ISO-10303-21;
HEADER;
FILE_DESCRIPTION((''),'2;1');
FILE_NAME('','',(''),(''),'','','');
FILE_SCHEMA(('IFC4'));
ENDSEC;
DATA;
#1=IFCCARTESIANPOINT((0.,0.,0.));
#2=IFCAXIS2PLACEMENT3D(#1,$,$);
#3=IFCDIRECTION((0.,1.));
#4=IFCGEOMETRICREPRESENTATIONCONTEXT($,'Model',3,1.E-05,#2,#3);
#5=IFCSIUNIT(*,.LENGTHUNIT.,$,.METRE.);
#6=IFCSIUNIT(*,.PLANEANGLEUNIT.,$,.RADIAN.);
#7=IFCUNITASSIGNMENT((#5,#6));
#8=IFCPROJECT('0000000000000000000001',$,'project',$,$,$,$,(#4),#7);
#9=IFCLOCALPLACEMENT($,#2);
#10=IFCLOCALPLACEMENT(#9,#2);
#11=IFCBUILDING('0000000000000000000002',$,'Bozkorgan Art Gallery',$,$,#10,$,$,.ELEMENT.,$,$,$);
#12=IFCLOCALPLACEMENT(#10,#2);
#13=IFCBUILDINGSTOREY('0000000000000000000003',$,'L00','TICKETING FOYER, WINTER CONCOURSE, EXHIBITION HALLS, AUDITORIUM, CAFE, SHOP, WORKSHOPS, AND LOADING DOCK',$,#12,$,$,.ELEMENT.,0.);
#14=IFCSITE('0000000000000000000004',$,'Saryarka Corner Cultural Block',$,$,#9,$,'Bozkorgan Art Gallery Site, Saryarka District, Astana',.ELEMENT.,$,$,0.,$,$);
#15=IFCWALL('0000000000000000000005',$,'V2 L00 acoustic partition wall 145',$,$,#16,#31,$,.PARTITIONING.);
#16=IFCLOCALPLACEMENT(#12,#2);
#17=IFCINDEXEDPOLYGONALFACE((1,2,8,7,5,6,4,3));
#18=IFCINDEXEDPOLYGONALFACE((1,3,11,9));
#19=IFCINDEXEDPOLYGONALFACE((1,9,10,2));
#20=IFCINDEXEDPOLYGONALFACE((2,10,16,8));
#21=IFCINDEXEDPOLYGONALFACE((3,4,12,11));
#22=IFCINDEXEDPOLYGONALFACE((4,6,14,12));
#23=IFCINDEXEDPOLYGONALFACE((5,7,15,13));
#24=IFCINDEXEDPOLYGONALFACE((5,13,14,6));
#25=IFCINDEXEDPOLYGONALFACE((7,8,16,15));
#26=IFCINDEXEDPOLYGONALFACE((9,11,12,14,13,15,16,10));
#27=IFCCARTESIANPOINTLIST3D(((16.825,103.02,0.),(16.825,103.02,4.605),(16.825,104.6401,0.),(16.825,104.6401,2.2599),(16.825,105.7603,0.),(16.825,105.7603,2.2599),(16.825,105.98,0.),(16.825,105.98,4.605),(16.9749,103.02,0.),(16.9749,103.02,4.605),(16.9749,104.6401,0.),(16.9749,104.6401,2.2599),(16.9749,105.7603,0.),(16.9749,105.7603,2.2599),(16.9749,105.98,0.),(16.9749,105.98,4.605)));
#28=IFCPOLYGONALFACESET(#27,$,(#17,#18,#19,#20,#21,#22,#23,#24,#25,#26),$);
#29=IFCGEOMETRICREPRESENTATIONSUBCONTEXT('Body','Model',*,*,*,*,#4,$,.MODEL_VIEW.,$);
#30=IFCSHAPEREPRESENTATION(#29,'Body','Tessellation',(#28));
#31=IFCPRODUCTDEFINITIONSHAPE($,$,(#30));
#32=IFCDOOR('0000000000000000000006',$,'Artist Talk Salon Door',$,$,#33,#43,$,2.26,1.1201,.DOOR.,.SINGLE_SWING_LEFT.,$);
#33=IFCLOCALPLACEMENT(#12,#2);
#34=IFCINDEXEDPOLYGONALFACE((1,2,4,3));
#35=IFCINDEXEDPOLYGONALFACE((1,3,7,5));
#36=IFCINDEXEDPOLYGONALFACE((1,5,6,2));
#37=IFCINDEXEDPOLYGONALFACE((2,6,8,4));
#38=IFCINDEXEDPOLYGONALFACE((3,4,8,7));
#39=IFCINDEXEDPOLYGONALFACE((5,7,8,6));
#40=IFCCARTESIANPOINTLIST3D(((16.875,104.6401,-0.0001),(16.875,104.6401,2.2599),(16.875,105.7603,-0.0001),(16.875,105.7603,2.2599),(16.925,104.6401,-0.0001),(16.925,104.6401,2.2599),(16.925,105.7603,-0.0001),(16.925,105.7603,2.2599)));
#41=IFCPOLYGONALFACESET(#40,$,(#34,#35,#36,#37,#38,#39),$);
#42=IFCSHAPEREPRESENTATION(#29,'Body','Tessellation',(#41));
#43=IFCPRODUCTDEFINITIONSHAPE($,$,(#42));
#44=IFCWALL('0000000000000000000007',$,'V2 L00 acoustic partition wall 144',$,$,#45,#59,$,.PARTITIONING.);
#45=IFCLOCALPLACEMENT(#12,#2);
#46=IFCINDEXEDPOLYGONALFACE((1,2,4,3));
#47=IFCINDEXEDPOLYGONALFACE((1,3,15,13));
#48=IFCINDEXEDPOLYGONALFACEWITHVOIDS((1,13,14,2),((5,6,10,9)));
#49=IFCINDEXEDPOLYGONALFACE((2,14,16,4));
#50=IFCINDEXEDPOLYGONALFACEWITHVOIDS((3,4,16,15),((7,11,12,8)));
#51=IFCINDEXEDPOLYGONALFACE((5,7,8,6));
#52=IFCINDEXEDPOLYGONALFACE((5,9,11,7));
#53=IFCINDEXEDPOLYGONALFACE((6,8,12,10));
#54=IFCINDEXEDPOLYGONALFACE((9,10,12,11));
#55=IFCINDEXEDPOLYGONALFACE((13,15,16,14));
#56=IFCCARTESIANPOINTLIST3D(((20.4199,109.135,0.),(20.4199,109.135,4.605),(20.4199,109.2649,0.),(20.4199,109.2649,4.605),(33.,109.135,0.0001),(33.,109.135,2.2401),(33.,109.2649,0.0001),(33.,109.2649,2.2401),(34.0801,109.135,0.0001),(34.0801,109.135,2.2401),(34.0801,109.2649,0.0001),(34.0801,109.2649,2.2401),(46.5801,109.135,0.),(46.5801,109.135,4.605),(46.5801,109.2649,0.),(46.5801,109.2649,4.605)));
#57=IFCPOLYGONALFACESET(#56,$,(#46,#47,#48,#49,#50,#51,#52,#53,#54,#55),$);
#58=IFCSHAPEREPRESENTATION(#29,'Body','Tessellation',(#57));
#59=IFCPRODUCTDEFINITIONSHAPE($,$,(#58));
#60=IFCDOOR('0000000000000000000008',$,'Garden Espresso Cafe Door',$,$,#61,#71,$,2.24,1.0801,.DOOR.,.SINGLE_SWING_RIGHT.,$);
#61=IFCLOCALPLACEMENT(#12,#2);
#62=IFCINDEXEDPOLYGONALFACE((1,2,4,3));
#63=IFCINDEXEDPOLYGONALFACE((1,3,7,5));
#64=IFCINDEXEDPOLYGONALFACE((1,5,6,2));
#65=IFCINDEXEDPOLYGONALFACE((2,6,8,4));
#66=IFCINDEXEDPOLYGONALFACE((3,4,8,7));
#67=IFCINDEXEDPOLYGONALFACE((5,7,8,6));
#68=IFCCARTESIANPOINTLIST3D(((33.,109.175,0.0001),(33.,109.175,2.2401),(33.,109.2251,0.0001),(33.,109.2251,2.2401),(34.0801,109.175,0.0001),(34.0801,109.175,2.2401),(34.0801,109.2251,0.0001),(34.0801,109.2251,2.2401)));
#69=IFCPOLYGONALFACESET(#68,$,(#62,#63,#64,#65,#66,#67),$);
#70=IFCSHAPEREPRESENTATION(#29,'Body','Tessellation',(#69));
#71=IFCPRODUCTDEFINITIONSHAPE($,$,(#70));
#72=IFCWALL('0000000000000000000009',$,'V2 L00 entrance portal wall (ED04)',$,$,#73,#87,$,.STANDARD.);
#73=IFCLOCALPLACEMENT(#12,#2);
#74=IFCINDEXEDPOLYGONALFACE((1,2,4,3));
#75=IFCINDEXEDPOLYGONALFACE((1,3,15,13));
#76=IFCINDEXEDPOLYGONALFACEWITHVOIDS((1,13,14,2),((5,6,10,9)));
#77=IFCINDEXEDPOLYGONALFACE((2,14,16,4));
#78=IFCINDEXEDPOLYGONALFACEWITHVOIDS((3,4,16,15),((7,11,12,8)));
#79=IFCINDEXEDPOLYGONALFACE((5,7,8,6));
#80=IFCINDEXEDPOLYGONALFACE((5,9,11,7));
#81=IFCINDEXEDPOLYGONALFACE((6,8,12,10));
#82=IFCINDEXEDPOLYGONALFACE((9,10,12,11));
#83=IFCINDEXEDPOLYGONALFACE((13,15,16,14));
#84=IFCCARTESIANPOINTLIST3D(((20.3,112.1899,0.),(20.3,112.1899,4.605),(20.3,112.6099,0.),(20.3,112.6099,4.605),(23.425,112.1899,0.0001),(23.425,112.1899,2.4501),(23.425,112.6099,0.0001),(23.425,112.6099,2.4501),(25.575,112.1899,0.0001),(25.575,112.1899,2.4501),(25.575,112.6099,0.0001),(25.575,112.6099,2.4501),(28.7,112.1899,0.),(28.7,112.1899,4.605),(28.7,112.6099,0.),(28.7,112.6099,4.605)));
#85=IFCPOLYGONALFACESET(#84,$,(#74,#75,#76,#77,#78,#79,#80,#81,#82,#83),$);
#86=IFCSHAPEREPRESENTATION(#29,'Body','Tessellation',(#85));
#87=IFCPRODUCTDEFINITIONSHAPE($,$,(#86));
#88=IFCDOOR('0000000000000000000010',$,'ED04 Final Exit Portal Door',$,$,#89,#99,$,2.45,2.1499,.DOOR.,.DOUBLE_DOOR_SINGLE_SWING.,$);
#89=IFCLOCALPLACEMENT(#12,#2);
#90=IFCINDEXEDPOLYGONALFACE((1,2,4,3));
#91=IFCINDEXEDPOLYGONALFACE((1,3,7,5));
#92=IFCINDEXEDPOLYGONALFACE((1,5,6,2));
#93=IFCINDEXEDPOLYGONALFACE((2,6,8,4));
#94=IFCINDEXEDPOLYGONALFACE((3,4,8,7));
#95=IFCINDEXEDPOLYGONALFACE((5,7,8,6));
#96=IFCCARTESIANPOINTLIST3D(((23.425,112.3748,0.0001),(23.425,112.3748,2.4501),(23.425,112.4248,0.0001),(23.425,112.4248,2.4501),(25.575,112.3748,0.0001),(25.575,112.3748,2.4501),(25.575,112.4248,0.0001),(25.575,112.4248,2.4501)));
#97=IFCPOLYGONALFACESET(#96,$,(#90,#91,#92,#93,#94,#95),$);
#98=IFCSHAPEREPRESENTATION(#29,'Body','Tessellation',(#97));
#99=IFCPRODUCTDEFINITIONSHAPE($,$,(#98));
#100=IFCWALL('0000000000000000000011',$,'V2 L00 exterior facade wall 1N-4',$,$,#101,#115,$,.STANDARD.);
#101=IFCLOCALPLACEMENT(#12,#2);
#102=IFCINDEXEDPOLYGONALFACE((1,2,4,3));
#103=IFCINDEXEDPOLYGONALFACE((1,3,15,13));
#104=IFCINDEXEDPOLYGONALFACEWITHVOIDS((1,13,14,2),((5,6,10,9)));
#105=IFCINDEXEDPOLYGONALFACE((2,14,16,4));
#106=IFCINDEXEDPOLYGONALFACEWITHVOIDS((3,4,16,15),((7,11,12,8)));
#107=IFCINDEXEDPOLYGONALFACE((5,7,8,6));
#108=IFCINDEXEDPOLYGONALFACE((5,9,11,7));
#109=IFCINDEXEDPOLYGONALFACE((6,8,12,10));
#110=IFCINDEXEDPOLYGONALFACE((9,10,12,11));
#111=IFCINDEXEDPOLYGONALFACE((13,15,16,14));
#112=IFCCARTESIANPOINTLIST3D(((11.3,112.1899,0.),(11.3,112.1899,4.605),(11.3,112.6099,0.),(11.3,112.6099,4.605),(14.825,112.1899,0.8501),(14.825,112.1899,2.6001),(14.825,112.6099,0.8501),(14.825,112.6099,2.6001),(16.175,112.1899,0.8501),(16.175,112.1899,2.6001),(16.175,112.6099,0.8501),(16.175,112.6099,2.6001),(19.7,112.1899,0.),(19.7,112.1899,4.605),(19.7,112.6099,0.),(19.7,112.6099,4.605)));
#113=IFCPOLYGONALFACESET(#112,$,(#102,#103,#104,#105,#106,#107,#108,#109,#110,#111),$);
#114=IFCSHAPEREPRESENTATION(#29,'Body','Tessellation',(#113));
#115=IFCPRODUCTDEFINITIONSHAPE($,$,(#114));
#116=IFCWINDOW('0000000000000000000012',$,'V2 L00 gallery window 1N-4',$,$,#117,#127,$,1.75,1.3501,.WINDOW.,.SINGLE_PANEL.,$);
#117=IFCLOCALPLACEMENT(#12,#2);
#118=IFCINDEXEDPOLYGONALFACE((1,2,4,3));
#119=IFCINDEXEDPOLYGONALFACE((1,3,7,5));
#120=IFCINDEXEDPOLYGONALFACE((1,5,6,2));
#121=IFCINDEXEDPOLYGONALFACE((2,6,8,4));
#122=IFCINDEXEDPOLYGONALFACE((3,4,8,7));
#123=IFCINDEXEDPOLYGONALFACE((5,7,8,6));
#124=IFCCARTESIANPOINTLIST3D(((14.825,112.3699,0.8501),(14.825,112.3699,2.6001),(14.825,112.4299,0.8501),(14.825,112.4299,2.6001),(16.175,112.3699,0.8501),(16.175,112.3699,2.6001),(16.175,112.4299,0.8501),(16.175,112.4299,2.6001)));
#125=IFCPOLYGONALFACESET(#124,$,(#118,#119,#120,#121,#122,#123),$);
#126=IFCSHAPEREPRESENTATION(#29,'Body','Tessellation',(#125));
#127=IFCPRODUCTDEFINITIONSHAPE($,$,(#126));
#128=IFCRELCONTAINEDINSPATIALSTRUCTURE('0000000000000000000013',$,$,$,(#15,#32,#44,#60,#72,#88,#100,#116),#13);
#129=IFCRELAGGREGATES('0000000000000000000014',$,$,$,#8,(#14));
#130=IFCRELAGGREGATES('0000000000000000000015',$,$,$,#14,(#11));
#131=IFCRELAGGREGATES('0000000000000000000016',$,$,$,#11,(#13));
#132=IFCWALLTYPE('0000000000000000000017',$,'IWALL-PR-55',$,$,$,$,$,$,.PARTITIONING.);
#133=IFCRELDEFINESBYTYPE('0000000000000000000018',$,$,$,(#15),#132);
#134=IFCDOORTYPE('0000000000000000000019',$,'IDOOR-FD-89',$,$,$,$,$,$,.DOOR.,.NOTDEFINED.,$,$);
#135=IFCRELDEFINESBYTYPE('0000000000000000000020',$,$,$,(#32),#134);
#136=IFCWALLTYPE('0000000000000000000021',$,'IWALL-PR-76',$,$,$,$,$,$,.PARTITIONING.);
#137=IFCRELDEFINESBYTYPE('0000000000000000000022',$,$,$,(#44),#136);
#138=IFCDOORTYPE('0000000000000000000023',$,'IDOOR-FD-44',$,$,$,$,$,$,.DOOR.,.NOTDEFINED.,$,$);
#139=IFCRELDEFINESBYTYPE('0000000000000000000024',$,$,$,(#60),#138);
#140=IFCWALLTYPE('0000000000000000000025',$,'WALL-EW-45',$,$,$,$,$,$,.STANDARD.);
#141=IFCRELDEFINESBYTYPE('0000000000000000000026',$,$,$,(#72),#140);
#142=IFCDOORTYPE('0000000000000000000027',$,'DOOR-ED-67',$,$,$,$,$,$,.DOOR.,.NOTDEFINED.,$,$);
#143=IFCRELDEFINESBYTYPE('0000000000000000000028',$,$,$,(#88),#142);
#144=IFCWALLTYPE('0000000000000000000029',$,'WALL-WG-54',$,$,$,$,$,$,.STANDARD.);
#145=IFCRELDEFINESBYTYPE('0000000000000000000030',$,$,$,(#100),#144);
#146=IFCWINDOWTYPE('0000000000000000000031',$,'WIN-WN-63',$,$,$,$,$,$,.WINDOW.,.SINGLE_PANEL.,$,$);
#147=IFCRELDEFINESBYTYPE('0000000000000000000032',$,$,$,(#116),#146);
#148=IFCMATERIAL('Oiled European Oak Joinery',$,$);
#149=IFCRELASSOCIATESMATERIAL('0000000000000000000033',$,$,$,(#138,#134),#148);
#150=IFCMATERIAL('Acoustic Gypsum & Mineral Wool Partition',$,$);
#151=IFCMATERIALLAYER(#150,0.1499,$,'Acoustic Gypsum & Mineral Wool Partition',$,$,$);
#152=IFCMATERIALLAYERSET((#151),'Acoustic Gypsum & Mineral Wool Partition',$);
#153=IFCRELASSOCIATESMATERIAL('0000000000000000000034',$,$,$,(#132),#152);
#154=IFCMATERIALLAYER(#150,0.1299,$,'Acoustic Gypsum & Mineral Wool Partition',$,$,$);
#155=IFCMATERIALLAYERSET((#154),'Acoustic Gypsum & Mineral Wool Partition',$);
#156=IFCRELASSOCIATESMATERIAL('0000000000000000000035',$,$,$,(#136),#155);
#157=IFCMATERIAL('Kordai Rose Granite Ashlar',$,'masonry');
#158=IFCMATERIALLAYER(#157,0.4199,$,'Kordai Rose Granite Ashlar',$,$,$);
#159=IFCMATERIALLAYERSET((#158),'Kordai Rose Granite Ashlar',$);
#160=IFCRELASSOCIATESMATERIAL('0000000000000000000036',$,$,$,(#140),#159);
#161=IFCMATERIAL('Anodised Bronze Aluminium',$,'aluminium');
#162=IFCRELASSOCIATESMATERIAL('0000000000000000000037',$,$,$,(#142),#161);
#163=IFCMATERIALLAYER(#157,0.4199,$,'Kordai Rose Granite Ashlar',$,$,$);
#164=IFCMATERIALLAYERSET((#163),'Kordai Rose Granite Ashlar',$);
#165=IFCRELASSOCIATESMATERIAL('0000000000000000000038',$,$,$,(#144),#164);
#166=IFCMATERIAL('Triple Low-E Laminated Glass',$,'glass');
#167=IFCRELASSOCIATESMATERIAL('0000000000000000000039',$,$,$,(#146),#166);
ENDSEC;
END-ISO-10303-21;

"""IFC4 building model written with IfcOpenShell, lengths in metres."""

from ifc_helpers import new_model, si_unit, direction, frame, frame_2d, origin, place, context, subcontext, project, spatial, rectangle, extrude, material, layer, layer_set, type_object, element, fill, save


model = new_model("IFC4")

# Units and contexts
model_context = context("Model", 3, precision=1e-05, world=origin(), true_north=direction((0.0, 1.0)))
body_context = subcontext(model_context, "Body", "Model", "MODEL_VIEW")
ifc_project = project(units=[si_unit("LENGTHUNIT", "METRE"), si_unit("PLANEANGLEUNIT", "RADIAN")], contexts=[model_context])

# Site, building, storey
site_placement = place(None, origin())
site = spatial("IfcSite", under=ifc_project, at=site_placement, Name="Saryarka Corner Cultural Block", LongName="Bozkorgan Art Gallery Site, Saryarka District, Astana", CompositionType="ELEMENT", RefElevation=0.0)
building_placement = place(site_placement, origin())
building = spatial("IfcBuilding", under=site, at=building_placement, Name="Bozkorgan Art Gallery", CompositionType="ELEMENT")
storey_placement = place(building_placement, origin())
storey = spatial("IfcBuildingStorey", under=building, at=storey_placement, Name="L00", Description="TICKETING FOYER, WINTER CONCOURSE, EXHIBITION HALLS, AUDITORIUM, CAFE, SHOP, WORKSHOPS, AND LOADING DOCK", CompositionType="ELEMENT", Elevation=0.0)

# Walls, openings, doors
ifc_material_1 = material(Name="Acoustic Gypsum & Mineral Wool Partition")
ifc_material_2 = material(Name="Oiled European Oak Joinery")
door_type_1 = type_object("IfcDoorType", Name="IDOOR-FD-44", OperationType="NOTDEFINED", PredefinedType="DOOR", material=ifc_material_2)
ifc_layer_1 = layer(ifc_material_1, 0.1499, Name="Acoustic Gypsum & Mineral Wool Partition")
ifc_layer_set_1 = layer_set([ifc_layer_1], Name="Acoustic Gypsum & Mineral Wool Partition")
wall_type_1 = type_object("IfcWallType", Name="IWALL-PR-55", PredefinedType="PARTITIONING", material=ifc_layer_set_1)
wall_1_placement = place(storey_placement, frame((16.8999, 103.02, 0.0), z_axis=(0.0, 0.0, 1.0), x_axis=(0.0, 1.0, 0.0)))
wall_1 = element("IfcWall", 1, at=wall_1_placement, inside=storey, type_object=wall_type_1, Name="V2 L00 acoustic partition wall 145", PredefinedType="PARTITIONING", context=body_context, shape_type="SweptSolid", body=[
    extrude(rectangle(XDim=2.96, YDim=0.1499, at=frame_2d((1.48, 0.0))), origin(), (0.0, 0.0, 1.0), 4.605),
])
opening_1_placement = place(wall_1_placement, frame((1.6201, 0.0, 0.0)))
opening_1 = element("IfcOpeningElement", 2, at=opening_1_placement, cuts=wall_1, PredefinedType="OPENING", context=body_context, shape_type="SweptSolid", body=[
    extrude(rectangle(XDim=1.1201, YDim=2.26, at=frame_2d((0.5601, 1.1299))), frame((0.0, 0.085, 0.0), z_axis=(0.0, -1.0, 0.0), x_axis=(1.0, 0.0, 0.0)), (0.0, 0.0, 1.0), 0.1699),
])
door_type_2 = type_object("IfcDoorType", Name="IDOOR-FD-89", OperationType="NOTDEFINED", PredefinedType="DOOR", material=ifc_material_2)
door_1_placement = place(opening_1_placement, origin())
door_1 = element("IfcDoor", 3, at=door_1_placement, inside=storey, type_object=door_type_2, Name="Artist Talk Salon Door", OperationType="SINGLE_SWING_LEFT", OverallHeight=2.26, OverallWidth=1.1201, PredefinedType="DOOR", context=body_context, shape_type="SweptSolid", body=[
    extrude(rectangle(XDim=1.1201, YDim=2.26, at=frame_2d((0.5601, 1.1299))), frame((0.0, 0.0249, 0.0), z_axis=(0.0, -1.0, 0.0), x_axis=(1.0, 0.0, 0.0)), (0.0, 0.0, 1.0), 0.05),
])
fill(opening_1, door_1)
ifc_layer_2 = layer(ifc_material_1, 0.1299, Name="Acoustic Gypsum & Mineral Wool Partition")
ifc_layer_set_2 = layer_set([ifc_layer_2], Name="Acoustic Gypsum & Mineral Wool Partition")
wall_type_2 = type_object("IfcWallType", Name="IWALL-PR-76", PredefinedType="PARTITIONING", material=ifc_layer_set_2)
wall_2_placement = place(storey_placement, frame((20.4199, 109.2, 0.0), z_axis=(0.0, 0.0, 1.0), x_axis=(1.0, 0.0, 0.0)))
wall_2 = element("IfcWall", 4, at=wall_2_placement, inside=storey, type_object=wall_type_2, Name="V2 L00 acoustic partition wall 144", PredefinedType="PARTITIONING", context=body_context, shape_type="SweptSolid", body=[
    extrude(rectangle(XDim=26.1602, YDim=0.1299, at=frame_2d((13.0801, 0.0))), origin(), (0.0, 0.0, 1.0), 4.605),
])
opening_2_placement = place(wall_2_placement, frame((13.6602, 0.0, 0.0), z_axis=(0.0, 0.0, 1.0), x_axis=(-1.0, 0.0, 0.0)))
opening_2 = element("IfcOpeningElement", 5, at=opening_2_placement, cuts=wall_2, PredefinedType="OPENING", context=body_context, shape_type="SweptSolid", body=[
    extrude(rectangle(XDim=1.0801, YDim=2.24, at=frame_2d((0.54, 1.1201))), frame((0.0, 0.075, 0.0), z_axis=(0.0, -1.0, 0.0), x_axis=(1.0, 0.0, 0.0)), (0.0, 0.0, 1.0), 0.1499),
])
door_2_placement = place(opening_2_placement, origin())
door_2 = element("IfcDoor", 6, at=door_2_placement, inside=storey, type_object=door_type_1, Name="Garden Espresso Cafe Door", OperationType="SINGLE_SWING_RIGHT", OverallHeight=2.24, OverallWidth=1.0801, PredefinedType="DOOR", context=body_context, shape_type="SweptSolid", body=[
    extrude(rectangle(XDim=1.0801, YDim=2.24, at=frame_2d((0.54, 1.1201))), frame((0.0, 0.0249, 0.0), z_axis=(0.0, -1.0, 0.0), x_axis=(1.0, 0.0, 0.0)), (0.0, 0.0, 1.0), 0.05),
])
fill(opening_2, door_2)
ifc_material_3 = material(Name="Kordai Rose Granite Ashlar", Category="masonry")
ifc_layer_3 = layer(ifc_material_3, 0.4199, Name="Kordai Rose Granite Ashlar")
ifc_layer_set_3 = layer_set([ifc_layer_3], Name="Kordai Rose Granite Ashlar")
wall_type_3 = type_object("IfcWallType", Name="WALL-EW-45", PredefinedType="STANDARD", material=ifc_layer_set_3)
wall_3_placement = place(storey_placement, frame((20.3, 112.3999, 0.0), z_axis=(0.0, 0.0, 1.0), x_axis=(1.0, 0.0, 0.0)))
wall_3 = element("IfcWall", 7, at=wall_3_placement, inside=storey, type_object=wall_type_3, Name="V2 L00 entrance portal wall (ED04)", PredefinedType="STANDARD", context=body_context, shape_type="SweptSolid", body=[
    extrude(rectangle(XDim=8.3999, YDim=0.4199, at=frame_2d((4.2, 0.0))), origin(), (0.0, 0.0, 1.0), 4.605),
])
opening_3_placement = place(wall_3_placement, frame((3.125, 0.0, 0.0)))
opening_3 = element("IfcOpeningElement", 8, at=opening_3_placement, cuts=wall_3, PredefinedType="OPENING", context=body_context, shape_type="SweptSolid", body=[
    extrude(rectangle(XDim=2.1499, YDim=2.45, at=frame_2d((1.075, 1.2251))), frame((0.0, 0.22, 0.0), z_axis=(0.0, -1.0, 0.0), x_axis=(1.0, 0.0, 0.0)), (0.0, 0.0, 1.0), 0.4399),
])
ifc_material_4 = material(Name="Anodised Bronze Aluminium", Category="aluminium")
door_type_3 = type_object("IfcDoorType", Name="DOOR-ED-67", OperationType="NOTDEFINED", PredefinedType="DOOR", material=ifc_material_4)
door_3_placement = place(opening_3_placement, origin())
door_3 = element("IfcDoor", 9, at=door_3_placement, inside=storey, type_object=door_type_3, Name="ED04 Final Exit Portal Door", OperationType="DOUBLE_DOOR_SINGLE_SWING", OverallHeight=2.45, OverallWidth=2.1499, PredefinedType="DOOR", context=body_context, shape_type="SweptSolid", body=[
    extrude(rectangle(XDim=2.1499, YDim=2.45, at=frame_2d((1.075, 1.2251))), frame((0.0, 0.0249, 0.0), z_axis=(0.0, -1.0, 0.0), x_axis=(1.0, 0.0, 0.0)), (0.0, 0.0, 1.0), 0.05),
])
fill(opening_3, door_3)

# Wall, opening, window
ifc_layer_4 = layer(ifc_material_3, 0.4199, Name="Kordai Rose Granite Ashlar")
ifc_layer_set_4 = layer_set([ifc_layer_4], Name="Kordai Rose Granite Ashlar")
wall_type_4 = type_object("IfcWallType", Name="WALL-WG-54", PredefinedType="STANDARD", material=ifc_layer_set_4)
wall_4_placement = place(storey_placement, frame((11.3, 112.3999, 0.0), z_axis=(0.0, 0.0, 1.0), x_axis=(1.0, 0.0, 0.0)))
wall_4 = element("IfcWall", 10, at=wall_4_placement, inside=storey, type_object=wall_type_4, Name="V2 L00 exterior facade wall 1N-4", PredefinedType="STANDARD", context=body_context, shape_type="SweptSolid", body=[
    extrude(rectangle(XDim=8.3999, YDim=0.4199, at=frame_2d((4.2, 0.0))), origin(), (0.0, 0.0, 1.0), 4.605),
])
opening_4_placement = place(wall_4_placement, frame((3.5249, 0.0, 0.8501)))
opening_4 = element("IfcOpeningElement", 11, at=opening_4_placement, cuts=wall_4, PredefinedType="OPENING", context=body_context, shape_type="SweptSolid", body=[
    extrude(rectangle(XDim=1.3501, YDim=1.75, at=frame_2d((0.675, 0.875))), frame((0.0, 0.22, 0.0), z_axis=(0.0, -1.0, 0.0), x_axis=(1.0, 0.0, 0.0)), (0.0, 0.0, 1.0), 0.4399),
])
ifc_material_5 = material(Name="Triple Low-E Laminated Glass", Category="glass")
window_type = type_object("IfcWindowType", Name="WIN-WN-63", PartitioningType="SINGLE_PANEL", PredefinedType="WINDOW", material=ifc_material_5)
window_placement = place(opening_4_placement, origin())
window = element("IfcWindow", 12, at=window_placement, inside=storey, type_object=window_type, Name="V2 L00 gallery window 1N-4", OverallHeight=1.75, OverallWidth=1.3501, PartitioningType="SINGLE_PANEL", PredefinedType="WINDOW", context=body_context, shape_type="SweptSolid", body=[
    extrude(rectangle(XDim=1.3501, YDim=1.75, at=frame_2d((0.675, 0.875))), frame((0.0, 0.03, 0.0), z_axis=(0.0, -1.0, 0.0), x_axis=(1.0, 0.0, 0.0)), (0.0, 0.0, 1.0), 0.0601),
])
fill(opening_4, window)

save(model, "model.ifc")
